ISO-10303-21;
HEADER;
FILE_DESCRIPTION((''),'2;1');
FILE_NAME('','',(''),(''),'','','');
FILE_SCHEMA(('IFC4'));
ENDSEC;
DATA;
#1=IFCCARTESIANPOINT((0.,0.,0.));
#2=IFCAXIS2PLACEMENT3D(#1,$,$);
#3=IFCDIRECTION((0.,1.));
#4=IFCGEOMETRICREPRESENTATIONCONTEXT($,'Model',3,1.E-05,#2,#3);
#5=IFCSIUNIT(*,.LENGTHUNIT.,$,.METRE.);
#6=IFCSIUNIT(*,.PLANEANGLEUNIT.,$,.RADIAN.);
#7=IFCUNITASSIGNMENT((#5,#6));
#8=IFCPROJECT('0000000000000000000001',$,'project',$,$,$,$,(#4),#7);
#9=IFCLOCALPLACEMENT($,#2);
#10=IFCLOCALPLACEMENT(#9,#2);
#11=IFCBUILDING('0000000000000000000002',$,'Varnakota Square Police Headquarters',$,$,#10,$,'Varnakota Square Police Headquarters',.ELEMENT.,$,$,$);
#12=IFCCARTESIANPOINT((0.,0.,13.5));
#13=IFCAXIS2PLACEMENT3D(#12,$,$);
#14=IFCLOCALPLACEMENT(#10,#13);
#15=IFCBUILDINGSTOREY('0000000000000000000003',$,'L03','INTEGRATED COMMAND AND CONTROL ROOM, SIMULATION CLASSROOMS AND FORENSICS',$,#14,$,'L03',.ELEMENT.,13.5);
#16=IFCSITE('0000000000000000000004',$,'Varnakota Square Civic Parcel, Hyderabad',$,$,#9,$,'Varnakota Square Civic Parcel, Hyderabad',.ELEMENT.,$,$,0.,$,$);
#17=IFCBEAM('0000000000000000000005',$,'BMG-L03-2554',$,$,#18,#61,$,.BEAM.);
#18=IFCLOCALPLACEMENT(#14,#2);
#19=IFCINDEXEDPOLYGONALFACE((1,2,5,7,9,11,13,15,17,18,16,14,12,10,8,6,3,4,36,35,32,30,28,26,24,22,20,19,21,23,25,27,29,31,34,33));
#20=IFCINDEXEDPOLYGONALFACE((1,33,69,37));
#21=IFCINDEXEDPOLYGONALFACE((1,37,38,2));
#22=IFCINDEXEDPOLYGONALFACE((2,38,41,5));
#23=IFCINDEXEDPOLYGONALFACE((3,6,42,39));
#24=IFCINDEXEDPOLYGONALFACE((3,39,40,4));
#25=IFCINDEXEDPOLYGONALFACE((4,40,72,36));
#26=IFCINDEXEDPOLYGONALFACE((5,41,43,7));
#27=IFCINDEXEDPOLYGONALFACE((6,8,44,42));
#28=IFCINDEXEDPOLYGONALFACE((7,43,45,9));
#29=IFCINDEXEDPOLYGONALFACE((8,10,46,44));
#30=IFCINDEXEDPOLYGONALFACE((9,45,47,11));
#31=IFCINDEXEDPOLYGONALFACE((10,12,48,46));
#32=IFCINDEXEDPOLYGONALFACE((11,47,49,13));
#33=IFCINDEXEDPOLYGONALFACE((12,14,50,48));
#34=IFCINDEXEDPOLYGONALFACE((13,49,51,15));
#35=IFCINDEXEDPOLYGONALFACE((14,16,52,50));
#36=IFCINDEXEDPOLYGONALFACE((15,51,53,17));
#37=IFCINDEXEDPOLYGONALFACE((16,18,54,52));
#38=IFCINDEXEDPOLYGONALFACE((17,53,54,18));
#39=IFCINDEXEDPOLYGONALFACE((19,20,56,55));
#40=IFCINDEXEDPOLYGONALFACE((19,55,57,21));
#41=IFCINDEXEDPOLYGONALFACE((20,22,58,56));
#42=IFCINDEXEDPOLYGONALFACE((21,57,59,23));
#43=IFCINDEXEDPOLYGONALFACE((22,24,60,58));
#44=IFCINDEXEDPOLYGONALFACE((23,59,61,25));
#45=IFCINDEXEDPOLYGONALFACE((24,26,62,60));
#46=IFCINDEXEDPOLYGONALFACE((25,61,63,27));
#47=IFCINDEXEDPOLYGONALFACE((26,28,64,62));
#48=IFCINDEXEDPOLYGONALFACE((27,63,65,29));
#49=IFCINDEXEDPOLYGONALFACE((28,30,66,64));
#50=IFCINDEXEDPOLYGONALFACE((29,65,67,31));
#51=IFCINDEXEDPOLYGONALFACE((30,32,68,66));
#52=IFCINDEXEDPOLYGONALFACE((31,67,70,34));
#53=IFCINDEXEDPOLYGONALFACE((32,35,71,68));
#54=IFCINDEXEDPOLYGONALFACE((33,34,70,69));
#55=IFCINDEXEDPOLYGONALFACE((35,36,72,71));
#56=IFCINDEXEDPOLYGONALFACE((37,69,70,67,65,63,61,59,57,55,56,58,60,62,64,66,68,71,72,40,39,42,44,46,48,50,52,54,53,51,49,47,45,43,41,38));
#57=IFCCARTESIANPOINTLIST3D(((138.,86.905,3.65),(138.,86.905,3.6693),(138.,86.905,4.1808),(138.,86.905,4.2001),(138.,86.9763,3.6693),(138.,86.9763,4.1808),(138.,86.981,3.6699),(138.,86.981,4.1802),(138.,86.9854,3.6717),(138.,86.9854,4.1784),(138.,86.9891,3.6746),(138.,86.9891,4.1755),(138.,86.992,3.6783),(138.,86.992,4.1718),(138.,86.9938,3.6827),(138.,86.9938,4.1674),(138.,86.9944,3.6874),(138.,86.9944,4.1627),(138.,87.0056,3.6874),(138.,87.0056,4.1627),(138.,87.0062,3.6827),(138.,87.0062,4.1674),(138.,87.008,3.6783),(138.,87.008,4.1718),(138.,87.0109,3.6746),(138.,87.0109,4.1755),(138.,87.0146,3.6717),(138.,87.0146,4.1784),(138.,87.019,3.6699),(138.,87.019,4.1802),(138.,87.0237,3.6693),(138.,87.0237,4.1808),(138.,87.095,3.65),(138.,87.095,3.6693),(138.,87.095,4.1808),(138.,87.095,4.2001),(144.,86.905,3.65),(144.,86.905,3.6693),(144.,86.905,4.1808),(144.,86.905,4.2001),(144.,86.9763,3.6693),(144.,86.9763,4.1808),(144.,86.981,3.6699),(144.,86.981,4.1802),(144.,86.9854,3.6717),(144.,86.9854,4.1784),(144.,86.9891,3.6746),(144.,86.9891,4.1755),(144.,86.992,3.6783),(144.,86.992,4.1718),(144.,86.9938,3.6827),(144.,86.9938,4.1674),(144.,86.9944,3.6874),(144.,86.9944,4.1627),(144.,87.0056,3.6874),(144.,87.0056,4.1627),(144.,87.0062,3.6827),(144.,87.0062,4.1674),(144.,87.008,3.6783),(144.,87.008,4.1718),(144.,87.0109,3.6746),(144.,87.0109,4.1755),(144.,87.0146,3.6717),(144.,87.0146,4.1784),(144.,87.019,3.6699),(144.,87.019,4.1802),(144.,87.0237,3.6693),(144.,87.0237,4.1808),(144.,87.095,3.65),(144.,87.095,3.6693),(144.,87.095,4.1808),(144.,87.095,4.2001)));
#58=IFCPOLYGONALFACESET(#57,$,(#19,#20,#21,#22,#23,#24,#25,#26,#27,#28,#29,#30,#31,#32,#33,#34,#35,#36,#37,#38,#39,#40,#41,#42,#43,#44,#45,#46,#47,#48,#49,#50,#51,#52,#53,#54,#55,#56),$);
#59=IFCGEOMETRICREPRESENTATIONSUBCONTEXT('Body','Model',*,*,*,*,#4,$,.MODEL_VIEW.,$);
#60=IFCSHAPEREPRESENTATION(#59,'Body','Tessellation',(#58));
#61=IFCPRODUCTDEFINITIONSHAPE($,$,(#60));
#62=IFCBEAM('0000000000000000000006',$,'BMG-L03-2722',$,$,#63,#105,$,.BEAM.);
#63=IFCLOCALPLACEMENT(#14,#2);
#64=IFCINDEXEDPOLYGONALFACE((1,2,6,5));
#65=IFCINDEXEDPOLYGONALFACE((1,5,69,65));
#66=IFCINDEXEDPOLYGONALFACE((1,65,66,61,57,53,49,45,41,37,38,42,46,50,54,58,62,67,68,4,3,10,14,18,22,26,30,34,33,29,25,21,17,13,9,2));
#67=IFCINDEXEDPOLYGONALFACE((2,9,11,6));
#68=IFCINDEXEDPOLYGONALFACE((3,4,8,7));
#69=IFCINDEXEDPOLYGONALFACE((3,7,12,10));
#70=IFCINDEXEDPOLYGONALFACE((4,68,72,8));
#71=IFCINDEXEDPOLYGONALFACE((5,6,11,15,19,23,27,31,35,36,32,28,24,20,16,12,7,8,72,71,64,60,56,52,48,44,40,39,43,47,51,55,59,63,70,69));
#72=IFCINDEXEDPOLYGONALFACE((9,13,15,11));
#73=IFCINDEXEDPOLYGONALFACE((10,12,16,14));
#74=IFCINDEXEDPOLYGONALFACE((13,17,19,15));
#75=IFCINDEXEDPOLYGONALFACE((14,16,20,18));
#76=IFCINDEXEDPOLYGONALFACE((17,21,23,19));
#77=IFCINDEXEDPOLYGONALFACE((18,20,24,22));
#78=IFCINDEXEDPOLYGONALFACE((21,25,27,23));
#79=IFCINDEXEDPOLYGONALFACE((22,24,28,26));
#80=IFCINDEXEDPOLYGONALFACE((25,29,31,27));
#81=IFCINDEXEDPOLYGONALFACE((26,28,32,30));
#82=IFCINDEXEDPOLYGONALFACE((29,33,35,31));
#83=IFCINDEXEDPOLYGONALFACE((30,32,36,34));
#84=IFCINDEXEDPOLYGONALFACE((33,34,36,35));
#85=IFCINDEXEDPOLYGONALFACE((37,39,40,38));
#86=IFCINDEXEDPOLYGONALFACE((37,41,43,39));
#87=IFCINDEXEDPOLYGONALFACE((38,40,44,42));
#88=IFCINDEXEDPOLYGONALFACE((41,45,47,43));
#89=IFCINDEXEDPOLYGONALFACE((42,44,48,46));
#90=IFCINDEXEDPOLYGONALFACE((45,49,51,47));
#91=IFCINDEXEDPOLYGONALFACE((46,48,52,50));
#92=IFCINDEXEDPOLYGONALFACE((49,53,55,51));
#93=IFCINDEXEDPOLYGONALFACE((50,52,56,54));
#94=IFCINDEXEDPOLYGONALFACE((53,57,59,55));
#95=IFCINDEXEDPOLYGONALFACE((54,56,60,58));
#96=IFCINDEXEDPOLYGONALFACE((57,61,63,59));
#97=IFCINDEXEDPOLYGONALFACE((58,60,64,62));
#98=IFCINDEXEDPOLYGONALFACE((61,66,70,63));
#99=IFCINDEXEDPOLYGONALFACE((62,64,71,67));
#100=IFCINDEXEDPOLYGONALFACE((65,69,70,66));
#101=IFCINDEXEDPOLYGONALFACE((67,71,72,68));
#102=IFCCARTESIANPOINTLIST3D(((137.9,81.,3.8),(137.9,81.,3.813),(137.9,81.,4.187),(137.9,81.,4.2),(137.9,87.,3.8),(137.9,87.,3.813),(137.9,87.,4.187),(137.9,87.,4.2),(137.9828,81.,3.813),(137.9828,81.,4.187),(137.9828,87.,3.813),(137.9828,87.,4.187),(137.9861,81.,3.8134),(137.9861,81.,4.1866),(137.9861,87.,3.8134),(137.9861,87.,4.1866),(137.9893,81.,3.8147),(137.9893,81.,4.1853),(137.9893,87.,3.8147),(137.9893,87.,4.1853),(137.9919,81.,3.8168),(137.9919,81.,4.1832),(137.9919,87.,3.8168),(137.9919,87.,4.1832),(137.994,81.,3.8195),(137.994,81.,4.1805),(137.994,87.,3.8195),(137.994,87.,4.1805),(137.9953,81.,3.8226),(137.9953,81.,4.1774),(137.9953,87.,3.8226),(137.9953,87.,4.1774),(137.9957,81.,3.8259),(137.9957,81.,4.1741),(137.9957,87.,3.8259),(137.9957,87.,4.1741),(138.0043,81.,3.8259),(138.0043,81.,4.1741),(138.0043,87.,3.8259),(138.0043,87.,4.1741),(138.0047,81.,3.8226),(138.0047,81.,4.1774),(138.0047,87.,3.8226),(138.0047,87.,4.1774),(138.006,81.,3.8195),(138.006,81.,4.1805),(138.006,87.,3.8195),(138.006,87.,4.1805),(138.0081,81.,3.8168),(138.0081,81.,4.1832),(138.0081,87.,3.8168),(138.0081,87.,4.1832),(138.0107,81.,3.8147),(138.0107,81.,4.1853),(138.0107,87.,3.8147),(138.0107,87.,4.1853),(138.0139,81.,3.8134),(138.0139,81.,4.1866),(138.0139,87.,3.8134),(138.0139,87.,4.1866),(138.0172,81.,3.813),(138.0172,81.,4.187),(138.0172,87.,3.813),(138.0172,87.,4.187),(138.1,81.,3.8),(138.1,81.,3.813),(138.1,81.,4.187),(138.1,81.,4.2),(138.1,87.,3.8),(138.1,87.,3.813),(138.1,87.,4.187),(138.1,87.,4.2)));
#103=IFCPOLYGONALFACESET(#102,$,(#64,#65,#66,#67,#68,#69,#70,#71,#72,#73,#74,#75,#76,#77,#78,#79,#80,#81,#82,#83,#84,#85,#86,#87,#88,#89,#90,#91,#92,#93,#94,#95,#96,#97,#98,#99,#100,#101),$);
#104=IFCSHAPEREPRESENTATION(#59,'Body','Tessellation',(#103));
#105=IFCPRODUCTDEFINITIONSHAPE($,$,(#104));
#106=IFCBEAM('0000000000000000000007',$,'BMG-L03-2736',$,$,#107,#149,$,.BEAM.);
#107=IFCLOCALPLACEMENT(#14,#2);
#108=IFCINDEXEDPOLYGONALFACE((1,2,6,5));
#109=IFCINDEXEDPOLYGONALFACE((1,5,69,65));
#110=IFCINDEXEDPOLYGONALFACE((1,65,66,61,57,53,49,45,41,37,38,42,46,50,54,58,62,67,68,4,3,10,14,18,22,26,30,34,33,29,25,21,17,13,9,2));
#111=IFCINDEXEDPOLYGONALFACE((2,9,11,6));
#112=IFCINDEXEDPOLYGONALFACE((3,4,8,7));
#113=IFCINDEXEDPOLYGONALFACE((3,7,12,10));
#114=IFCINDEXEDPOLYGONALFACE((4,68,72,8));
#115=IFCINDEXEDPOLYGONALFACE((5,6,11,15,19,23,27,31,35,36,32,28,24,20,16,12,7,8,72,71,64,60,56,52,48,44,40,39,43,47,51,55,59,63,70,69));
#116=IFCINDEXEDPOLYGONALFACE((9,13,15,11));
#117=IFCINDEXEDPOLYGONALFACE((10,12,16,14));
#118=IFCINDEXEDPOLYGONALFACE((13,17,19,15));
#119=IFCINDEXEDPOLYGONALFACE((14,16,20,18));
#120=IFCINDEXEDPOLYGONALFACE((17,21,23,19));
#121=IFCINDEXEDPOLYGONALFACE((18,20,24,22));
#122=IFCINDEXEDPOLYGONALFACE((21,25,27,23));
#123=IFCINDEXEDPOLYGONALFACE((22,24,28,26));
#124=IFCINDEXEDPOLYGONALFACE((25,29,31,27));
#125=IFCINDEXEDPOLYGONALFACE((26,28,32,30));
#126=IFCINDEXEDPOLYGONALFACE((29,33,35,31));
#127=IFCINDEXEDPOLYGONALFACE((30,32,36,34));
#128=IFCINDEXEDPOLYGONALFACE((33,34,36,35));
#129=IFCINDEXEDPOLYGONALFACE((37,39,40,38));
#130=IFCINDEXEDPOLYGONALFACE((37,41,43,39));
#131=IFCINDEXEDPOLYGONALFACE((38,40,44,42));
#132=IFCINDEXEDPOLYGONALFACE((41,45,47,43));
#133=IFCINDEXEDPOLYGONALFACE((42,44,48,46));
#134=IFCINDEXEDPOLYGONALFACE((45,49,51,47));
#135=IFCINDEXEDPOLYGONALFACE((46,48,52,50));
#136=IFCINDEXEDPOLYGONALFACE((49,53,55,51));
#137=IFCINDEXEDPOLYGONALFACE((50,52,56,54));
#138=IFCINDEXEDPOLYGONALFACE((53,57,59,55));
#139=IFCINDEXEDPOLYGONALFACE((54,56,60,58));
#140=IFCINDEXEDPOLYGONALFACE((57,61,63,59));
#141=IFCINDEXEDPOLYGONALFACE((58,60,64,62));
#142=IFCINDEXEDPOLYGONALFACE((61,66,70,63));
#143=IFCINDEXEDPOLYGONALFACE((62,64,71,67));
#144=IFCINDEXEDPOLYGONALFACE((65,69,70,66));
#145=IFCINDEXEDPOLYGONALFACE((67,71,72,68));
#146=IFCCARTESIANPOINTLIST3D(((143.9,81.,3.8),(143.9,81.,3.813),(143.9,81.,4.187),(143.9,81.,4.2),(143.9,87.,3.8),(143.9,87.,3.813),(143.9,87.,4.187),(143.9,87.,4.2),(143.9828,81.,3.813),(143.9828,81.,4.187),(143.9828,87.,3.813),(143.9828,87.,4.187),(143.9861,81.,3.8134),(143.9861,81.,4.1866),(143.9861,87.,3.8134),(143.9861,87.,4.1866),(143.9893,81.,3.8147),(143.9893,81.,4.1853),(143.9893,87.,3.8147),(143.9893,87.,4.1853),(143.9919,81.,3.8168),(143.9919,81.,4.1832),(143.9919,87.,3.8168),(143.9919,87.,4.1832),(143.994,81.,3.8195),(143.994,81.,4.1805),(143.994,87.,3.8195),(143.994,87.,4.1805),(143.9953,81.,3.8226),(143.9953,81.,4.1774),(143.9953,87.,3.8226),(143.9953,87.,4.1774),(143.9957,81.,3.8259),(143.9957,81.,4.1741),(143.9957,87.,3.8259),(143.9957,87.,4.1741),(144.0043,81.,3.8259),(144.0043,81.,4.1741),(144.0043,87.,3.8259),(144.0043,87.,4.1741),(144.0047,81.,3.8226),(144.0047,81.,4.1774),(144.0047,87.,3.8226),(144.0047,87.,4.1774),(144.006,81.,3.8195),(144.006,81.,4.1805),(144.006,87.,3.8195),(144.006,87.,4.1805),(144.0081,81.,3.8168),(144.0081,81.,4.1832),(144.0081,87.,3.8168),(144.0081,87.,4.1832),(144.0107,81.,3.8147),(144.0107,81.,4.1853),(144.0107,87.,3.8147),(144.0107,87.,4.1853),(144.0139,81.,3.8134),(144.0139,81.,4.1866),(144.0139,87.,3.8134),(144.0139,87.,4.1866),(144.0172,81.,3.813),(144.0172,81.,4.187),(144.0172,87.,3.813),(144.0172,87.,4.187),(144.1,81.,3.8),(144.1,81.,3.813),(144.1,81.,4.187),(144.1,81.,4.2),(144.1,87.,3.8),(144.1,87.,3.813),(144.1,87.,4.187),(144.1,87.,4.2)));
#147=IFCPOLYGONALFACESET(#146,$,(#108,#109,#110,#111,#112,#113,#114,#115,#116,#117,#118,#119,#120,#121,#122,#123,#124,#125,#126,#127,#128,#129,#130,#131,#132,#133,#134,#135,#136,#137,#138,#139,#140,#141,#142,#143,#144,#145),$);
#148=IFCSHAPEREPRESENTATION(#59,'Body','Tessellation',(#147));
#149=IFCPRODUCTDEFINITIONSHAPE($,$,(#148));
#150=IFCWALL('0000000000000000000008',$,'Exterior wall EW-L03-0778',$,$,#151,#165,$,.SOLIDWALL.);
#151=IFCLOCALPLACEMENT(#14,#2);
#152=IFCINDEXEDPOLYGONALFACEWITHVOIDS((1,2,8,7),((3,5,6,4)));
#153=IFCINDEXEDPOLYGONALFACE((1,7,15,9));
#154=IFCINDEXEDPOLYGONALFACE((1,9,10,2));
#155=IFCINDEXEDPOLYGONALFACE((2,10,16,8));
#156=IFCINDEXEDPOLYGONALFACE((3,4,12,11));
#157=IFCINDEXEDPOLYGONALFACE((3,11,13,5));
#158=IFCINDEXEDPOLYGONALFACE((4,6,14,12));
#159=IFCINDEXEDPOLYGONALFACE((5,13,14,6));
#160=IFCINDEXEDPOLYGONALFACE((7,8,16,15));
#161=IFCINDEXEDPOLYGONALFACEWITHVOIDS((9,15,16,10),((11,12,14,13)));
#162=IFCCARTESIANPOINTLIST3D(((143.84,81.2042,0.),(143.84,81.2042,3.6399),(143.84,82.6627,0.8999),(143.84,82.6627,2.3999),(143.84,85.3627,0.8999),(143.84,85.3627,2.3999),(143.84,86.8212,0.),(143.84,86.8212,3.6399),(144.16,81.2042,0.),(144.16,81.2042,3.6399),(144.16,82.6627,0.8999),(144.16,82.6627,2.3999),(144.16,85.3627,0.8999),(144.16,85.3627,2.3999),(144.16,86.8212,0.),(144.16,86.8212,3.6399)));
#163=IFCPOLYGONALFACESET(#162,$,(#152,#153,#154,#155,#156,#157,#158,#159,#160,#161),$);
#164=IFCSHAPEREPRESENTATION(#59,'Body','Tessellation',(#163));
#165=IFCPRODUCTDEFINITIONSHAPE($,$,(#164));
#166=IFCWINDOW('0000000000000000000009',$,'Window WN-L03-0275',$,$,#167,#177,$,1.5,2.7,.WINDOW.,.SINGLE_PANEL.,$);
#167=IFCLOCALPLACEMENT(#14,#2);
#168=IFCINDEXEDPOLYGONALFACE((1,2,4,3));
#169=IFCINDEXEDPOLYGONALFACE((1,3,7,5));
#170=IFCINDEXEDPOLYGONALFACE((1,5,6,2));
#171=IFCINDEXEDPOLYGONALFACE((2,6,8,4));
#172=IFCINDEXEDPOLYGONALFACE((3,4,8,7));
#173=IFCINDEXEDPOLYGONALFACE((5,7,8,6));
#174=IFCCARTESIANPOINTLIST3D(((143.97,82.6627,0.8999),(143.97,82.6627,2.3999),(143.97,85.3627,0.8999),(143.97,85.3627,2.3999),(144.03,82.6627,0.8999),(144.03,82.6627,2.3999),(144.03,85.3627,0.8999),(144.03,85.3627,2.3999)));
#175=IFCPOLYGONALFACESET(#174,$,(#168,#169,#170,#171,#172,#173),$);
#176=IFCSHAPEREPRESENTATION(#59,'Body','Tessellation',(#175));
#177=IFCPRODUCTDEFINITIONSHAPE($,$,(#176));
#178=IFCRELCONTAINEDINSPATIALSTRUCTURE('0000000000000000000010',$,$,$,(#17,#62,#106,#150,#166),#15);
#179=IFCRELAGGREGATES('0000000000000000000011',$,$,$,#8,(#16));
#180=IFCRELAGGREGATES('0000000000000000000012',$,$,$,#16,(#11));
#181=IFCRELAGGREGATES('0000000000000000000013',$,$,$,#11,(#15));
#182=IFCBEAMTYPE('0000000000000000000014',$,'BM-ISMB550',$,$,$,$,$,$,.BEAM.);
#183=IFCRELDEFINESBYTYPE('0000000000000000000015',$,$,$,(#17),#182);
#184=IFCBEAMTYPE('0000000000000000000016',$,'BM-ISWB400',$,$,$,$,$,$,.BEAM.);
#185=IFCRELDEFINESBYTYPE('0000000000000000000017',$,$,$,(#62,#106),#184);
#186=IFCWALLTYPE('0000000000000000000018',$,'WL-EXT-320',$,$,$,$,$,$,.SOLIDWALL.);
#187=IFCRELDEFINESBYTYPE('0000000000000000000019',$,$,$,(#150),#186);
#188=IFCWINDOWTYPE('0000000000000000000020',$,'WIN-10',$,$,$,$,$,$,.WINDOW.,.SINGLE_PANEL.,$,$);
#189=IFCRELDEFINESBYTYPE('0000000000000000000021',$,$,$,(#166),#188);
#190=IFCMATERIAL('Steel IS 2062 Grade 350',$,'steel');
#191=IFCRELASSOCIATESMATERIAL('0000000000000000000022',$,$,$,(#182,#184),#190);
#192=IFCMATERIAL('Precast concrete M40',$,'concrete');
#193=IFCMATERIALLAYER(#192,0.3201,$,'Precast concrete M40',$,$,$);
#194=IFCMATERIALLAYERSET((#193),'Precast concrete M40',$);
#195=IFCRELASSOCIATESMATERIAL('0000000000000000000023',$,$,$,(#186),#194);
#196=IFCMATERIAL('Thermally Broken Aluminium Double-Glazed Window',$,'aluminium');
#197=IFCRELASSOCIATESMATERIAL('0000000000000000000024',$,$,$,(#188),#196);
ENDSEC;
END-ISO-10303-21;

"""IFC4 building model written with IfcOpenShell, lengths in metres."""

from ifc_helpers import new_model, si_unit, direction, frame, frame_2d, origin, origin_2d, place, context, subcontext, project, spatial, rectangle, i_section, extrude, material, layer, layer_set, material_profile, profile_set, type_object, element, fill, save


model = new_model("IFC4")

# Units and contexts
model_context = context("Model", 3, precision=1e-05, world=origin(), true_north=direction((0.0, 1.0)))
body_context = subcontext(model_context, "Body", "Model", "MODEL_VIEW")
ifc_project = project(units=[si_unit("LENGTHUNIT", "METRE"), si_unit("PLANEANGLEUNIT", "RADIAN")], contexts=[model_context])

# Site, building, storey
site_placement = place(None, origin())
site = spatial("IfcSite", under=ifc_project, at=site_placement, Name="Varnakota Square Civic Parcel, Hyderabad", LongName="Varnakota Square Civic Parcel, Hyderabad", CompositionType="ELEMENT", RefElevation=0.0)
building_placement = place(site_placement, origin())
building = spatial("IfcBuilding", under=site, at=building_placement, Name="Varnakota Square Police Headquarters", LongName="Varnakota Square Police Headquarters", CompositionType="ELEMENT")
storey_placement = place(building_placement, frame((0.0, 0.0, 13.5)))
storey = spatial("IfcBuildingStorey", under=building, at=storey_placement, Name="L03", Description="INTEGRATED COMMAND AND CONTROL ROOM, SIMULATION CLASSROOMS AND FORENSICS", LongName="L03", CompositionType="ELEMENT", Elevation=13.5)

# Shared definitions
ifc_material_1 = material(Name="Steel IS 2062 Grade 350", Category="steel")

# Beams
ifc_material_profile_1 = material_profile(ifc_material_1, i_section(OverallWidth=0.1899, OverallDepth=0.55, WebThickness=0.0112, FlangeThickness=0.0193, FilletRadius=0.0181, at=origin_2d()), Name="ISMB 550")
ifc_profile_set_1 = profile_set([ifc_material_profile_1], Name="Steel IS 2062 Grade 350")
beam_type_1 = type_object("IfcBeamType", Name="BM-ISMB550", PredefinedType="BEAM", material=ifc_profile_set_1)
for number, where, z_axis, x_axis, name in (
    (1, (138.0, 87.0, 3.925), (1.0, 0.0, 0.0), (0.0, 1.0, 0.0), "BMG-L03-2554"),
):
    element("IfcBeam", number, at=place(storey_placement, frame(where, z_axis=z_axis, x_axis=x_axis)), inside=storey, type_object=beam_type_1, Name=name, PredefinedType="BEAM", context=body_context, shape_type="SweptSolid", body=[
        extrude(i_section(OverallWidth=0.1899, OverallDepth=0.55, WebThickness=0.0112, FlangeThickness=0.0193, FilletRadius=0.0181, at=origin_2d()), origin(), (0.0, 0.0, 1.0), 6.0),
    ])
ifc_material_profile_2 = material_profile(ifc_material_1, i_section(OverallWidth=0.2, OverallDepth=0.3999, WebThickness=0.0085, FlangeThickness=0.0129, FilletRadius=0.0129, at=origin_2d()), Name="ISWB 400")
ifc_profile_set_2 = profile_set([ifc_material_profile_2], Name="Steel IS 2062 Grade 350")
beam_type_2 = type_object("IfcBeamType", Name="BM-ISWB400", PredefinedType="BEAM", material=ifc_profile_set_2)
for number, where, z_axis, x_axis, name in (
    (2, (138.0, 81.0, 4.0), (0.0, 1.0, 0.0), (-1.0, 0.0, 0.0), "BMG-L03-2722"),
    (3, (144.0, 81.0, 4.0), (0.0, 1.0, 0.0), (-1.0, 0.0, 0.0), "BMG-L03-2736"),
):
    element("IfcBeam", number, at=place(storey_placement, frame(where, z_axis=z_axis, x_axis=x_axis)), inside=storey, type_object=beam_type_2, Name=name, PredefinedType="BEAM", context=body_context, shape_type="SweptSolid", body=[
        extrude(i_section(OverallWidth=0.2, OverallDepth=0.3999, WebThickness=0.0085, FlangeThickness=0.0129, FilletRadius=0.0129, at=origin_2d()), origin(), (0.0, 0.0, 1.0), 6.0),
    ])

# Wall, opening, window
ifc_material_2 = material(Name="Precast concrete M40", Category="concrete")
ifc_layer_1 = layer(ifc_material_2, 0.3201, Name="Precast concrete M40")
ifc_layer_set_1 = layer_set([ifc_layer_1], Name="Precast concrete M40")
wall_type_1 = type_object("IfcWallType", Name="WL-EXT-320", PredefinedType="SOLIDWALL", material=ifc_layer_set_1)
wall_1_placement = place(storey_placement, frame((144.0, 81.2041, 0.0), z_axis=(0.0, 0.0, 1.0), x_axis=(0.0, 1.0, 0.0)))
wall_1 = element("IfcWall", 4, at=wall_1_placement, inside=storey, type_object=wall_type_1, Name="Exterior wall EW-L03-0778", PredefinedType="SOLIDWALL", context=body_context, shape_type="SweptSolid", body=[
    extrude(rectangle(XDim=5.6169, YDim=0.3201, at=frame_2d((2.8086, 0.0))), origin(), (0.0, 0.0, 1.0), 3.6399),
])
opening_1_placement = place(wall_1_placement, frame((1.4585, 0.0, 0.8999)))
opening_1 = element("IfcOpeningElement", 5, at=opening_1_placement, cuts=wall_1, PredefinedType="OPENING", context=body_context, shape_type="SweptSolid", body=[
    extrude(rectangle(XDim=2.7, YDim=1.5, at=frame_2d((1.3501, 0.75))), frame((0.0, 0.1699, 0.0), z_axis=(0.0, -1.0, 0.0), x_axis=(1.0, 0.0, 0.0)), (0.0, 0.0, 1.0), 0.3401),
])
ifc_material_3 = material(Name="Thermally Broken Aluminium Double-Glazed Window", Category="aluminium")
window_type = type_object("IfcWindowType", Name="WIN-10", PartitioningType="SINGLE_PANEL", PredefinedType="WINDOW", material=ifc_material_3)
window_1_placement = place(opening_1_placement, origin())
window_1 = element("IfcWindow", 6, at=window_1_placement, inside=storey, type_object=window_type, Name="Window WN-L03-0275", OverallHeight=1.5, OverallWidth=2.7, PartitioningType="SINGLE_PANEL", PredefinedType="WINDOW", context=body_context, shape_type="SweptSolid", body=[
    extrude(rectangle(XDim=2.7, YDim=1.5, at=frame_2d((1.3501, 0.75))), frame((0.0, 0.03, 0.0), z_axis=(0.0, -1.0, 0.0), x_axis=(1.0, 0.0, 0.0)), (0.0, 0.0, 1.0), 0.0601),
])
fill(opening_1, window_1)

save(model, "model.ifc")
